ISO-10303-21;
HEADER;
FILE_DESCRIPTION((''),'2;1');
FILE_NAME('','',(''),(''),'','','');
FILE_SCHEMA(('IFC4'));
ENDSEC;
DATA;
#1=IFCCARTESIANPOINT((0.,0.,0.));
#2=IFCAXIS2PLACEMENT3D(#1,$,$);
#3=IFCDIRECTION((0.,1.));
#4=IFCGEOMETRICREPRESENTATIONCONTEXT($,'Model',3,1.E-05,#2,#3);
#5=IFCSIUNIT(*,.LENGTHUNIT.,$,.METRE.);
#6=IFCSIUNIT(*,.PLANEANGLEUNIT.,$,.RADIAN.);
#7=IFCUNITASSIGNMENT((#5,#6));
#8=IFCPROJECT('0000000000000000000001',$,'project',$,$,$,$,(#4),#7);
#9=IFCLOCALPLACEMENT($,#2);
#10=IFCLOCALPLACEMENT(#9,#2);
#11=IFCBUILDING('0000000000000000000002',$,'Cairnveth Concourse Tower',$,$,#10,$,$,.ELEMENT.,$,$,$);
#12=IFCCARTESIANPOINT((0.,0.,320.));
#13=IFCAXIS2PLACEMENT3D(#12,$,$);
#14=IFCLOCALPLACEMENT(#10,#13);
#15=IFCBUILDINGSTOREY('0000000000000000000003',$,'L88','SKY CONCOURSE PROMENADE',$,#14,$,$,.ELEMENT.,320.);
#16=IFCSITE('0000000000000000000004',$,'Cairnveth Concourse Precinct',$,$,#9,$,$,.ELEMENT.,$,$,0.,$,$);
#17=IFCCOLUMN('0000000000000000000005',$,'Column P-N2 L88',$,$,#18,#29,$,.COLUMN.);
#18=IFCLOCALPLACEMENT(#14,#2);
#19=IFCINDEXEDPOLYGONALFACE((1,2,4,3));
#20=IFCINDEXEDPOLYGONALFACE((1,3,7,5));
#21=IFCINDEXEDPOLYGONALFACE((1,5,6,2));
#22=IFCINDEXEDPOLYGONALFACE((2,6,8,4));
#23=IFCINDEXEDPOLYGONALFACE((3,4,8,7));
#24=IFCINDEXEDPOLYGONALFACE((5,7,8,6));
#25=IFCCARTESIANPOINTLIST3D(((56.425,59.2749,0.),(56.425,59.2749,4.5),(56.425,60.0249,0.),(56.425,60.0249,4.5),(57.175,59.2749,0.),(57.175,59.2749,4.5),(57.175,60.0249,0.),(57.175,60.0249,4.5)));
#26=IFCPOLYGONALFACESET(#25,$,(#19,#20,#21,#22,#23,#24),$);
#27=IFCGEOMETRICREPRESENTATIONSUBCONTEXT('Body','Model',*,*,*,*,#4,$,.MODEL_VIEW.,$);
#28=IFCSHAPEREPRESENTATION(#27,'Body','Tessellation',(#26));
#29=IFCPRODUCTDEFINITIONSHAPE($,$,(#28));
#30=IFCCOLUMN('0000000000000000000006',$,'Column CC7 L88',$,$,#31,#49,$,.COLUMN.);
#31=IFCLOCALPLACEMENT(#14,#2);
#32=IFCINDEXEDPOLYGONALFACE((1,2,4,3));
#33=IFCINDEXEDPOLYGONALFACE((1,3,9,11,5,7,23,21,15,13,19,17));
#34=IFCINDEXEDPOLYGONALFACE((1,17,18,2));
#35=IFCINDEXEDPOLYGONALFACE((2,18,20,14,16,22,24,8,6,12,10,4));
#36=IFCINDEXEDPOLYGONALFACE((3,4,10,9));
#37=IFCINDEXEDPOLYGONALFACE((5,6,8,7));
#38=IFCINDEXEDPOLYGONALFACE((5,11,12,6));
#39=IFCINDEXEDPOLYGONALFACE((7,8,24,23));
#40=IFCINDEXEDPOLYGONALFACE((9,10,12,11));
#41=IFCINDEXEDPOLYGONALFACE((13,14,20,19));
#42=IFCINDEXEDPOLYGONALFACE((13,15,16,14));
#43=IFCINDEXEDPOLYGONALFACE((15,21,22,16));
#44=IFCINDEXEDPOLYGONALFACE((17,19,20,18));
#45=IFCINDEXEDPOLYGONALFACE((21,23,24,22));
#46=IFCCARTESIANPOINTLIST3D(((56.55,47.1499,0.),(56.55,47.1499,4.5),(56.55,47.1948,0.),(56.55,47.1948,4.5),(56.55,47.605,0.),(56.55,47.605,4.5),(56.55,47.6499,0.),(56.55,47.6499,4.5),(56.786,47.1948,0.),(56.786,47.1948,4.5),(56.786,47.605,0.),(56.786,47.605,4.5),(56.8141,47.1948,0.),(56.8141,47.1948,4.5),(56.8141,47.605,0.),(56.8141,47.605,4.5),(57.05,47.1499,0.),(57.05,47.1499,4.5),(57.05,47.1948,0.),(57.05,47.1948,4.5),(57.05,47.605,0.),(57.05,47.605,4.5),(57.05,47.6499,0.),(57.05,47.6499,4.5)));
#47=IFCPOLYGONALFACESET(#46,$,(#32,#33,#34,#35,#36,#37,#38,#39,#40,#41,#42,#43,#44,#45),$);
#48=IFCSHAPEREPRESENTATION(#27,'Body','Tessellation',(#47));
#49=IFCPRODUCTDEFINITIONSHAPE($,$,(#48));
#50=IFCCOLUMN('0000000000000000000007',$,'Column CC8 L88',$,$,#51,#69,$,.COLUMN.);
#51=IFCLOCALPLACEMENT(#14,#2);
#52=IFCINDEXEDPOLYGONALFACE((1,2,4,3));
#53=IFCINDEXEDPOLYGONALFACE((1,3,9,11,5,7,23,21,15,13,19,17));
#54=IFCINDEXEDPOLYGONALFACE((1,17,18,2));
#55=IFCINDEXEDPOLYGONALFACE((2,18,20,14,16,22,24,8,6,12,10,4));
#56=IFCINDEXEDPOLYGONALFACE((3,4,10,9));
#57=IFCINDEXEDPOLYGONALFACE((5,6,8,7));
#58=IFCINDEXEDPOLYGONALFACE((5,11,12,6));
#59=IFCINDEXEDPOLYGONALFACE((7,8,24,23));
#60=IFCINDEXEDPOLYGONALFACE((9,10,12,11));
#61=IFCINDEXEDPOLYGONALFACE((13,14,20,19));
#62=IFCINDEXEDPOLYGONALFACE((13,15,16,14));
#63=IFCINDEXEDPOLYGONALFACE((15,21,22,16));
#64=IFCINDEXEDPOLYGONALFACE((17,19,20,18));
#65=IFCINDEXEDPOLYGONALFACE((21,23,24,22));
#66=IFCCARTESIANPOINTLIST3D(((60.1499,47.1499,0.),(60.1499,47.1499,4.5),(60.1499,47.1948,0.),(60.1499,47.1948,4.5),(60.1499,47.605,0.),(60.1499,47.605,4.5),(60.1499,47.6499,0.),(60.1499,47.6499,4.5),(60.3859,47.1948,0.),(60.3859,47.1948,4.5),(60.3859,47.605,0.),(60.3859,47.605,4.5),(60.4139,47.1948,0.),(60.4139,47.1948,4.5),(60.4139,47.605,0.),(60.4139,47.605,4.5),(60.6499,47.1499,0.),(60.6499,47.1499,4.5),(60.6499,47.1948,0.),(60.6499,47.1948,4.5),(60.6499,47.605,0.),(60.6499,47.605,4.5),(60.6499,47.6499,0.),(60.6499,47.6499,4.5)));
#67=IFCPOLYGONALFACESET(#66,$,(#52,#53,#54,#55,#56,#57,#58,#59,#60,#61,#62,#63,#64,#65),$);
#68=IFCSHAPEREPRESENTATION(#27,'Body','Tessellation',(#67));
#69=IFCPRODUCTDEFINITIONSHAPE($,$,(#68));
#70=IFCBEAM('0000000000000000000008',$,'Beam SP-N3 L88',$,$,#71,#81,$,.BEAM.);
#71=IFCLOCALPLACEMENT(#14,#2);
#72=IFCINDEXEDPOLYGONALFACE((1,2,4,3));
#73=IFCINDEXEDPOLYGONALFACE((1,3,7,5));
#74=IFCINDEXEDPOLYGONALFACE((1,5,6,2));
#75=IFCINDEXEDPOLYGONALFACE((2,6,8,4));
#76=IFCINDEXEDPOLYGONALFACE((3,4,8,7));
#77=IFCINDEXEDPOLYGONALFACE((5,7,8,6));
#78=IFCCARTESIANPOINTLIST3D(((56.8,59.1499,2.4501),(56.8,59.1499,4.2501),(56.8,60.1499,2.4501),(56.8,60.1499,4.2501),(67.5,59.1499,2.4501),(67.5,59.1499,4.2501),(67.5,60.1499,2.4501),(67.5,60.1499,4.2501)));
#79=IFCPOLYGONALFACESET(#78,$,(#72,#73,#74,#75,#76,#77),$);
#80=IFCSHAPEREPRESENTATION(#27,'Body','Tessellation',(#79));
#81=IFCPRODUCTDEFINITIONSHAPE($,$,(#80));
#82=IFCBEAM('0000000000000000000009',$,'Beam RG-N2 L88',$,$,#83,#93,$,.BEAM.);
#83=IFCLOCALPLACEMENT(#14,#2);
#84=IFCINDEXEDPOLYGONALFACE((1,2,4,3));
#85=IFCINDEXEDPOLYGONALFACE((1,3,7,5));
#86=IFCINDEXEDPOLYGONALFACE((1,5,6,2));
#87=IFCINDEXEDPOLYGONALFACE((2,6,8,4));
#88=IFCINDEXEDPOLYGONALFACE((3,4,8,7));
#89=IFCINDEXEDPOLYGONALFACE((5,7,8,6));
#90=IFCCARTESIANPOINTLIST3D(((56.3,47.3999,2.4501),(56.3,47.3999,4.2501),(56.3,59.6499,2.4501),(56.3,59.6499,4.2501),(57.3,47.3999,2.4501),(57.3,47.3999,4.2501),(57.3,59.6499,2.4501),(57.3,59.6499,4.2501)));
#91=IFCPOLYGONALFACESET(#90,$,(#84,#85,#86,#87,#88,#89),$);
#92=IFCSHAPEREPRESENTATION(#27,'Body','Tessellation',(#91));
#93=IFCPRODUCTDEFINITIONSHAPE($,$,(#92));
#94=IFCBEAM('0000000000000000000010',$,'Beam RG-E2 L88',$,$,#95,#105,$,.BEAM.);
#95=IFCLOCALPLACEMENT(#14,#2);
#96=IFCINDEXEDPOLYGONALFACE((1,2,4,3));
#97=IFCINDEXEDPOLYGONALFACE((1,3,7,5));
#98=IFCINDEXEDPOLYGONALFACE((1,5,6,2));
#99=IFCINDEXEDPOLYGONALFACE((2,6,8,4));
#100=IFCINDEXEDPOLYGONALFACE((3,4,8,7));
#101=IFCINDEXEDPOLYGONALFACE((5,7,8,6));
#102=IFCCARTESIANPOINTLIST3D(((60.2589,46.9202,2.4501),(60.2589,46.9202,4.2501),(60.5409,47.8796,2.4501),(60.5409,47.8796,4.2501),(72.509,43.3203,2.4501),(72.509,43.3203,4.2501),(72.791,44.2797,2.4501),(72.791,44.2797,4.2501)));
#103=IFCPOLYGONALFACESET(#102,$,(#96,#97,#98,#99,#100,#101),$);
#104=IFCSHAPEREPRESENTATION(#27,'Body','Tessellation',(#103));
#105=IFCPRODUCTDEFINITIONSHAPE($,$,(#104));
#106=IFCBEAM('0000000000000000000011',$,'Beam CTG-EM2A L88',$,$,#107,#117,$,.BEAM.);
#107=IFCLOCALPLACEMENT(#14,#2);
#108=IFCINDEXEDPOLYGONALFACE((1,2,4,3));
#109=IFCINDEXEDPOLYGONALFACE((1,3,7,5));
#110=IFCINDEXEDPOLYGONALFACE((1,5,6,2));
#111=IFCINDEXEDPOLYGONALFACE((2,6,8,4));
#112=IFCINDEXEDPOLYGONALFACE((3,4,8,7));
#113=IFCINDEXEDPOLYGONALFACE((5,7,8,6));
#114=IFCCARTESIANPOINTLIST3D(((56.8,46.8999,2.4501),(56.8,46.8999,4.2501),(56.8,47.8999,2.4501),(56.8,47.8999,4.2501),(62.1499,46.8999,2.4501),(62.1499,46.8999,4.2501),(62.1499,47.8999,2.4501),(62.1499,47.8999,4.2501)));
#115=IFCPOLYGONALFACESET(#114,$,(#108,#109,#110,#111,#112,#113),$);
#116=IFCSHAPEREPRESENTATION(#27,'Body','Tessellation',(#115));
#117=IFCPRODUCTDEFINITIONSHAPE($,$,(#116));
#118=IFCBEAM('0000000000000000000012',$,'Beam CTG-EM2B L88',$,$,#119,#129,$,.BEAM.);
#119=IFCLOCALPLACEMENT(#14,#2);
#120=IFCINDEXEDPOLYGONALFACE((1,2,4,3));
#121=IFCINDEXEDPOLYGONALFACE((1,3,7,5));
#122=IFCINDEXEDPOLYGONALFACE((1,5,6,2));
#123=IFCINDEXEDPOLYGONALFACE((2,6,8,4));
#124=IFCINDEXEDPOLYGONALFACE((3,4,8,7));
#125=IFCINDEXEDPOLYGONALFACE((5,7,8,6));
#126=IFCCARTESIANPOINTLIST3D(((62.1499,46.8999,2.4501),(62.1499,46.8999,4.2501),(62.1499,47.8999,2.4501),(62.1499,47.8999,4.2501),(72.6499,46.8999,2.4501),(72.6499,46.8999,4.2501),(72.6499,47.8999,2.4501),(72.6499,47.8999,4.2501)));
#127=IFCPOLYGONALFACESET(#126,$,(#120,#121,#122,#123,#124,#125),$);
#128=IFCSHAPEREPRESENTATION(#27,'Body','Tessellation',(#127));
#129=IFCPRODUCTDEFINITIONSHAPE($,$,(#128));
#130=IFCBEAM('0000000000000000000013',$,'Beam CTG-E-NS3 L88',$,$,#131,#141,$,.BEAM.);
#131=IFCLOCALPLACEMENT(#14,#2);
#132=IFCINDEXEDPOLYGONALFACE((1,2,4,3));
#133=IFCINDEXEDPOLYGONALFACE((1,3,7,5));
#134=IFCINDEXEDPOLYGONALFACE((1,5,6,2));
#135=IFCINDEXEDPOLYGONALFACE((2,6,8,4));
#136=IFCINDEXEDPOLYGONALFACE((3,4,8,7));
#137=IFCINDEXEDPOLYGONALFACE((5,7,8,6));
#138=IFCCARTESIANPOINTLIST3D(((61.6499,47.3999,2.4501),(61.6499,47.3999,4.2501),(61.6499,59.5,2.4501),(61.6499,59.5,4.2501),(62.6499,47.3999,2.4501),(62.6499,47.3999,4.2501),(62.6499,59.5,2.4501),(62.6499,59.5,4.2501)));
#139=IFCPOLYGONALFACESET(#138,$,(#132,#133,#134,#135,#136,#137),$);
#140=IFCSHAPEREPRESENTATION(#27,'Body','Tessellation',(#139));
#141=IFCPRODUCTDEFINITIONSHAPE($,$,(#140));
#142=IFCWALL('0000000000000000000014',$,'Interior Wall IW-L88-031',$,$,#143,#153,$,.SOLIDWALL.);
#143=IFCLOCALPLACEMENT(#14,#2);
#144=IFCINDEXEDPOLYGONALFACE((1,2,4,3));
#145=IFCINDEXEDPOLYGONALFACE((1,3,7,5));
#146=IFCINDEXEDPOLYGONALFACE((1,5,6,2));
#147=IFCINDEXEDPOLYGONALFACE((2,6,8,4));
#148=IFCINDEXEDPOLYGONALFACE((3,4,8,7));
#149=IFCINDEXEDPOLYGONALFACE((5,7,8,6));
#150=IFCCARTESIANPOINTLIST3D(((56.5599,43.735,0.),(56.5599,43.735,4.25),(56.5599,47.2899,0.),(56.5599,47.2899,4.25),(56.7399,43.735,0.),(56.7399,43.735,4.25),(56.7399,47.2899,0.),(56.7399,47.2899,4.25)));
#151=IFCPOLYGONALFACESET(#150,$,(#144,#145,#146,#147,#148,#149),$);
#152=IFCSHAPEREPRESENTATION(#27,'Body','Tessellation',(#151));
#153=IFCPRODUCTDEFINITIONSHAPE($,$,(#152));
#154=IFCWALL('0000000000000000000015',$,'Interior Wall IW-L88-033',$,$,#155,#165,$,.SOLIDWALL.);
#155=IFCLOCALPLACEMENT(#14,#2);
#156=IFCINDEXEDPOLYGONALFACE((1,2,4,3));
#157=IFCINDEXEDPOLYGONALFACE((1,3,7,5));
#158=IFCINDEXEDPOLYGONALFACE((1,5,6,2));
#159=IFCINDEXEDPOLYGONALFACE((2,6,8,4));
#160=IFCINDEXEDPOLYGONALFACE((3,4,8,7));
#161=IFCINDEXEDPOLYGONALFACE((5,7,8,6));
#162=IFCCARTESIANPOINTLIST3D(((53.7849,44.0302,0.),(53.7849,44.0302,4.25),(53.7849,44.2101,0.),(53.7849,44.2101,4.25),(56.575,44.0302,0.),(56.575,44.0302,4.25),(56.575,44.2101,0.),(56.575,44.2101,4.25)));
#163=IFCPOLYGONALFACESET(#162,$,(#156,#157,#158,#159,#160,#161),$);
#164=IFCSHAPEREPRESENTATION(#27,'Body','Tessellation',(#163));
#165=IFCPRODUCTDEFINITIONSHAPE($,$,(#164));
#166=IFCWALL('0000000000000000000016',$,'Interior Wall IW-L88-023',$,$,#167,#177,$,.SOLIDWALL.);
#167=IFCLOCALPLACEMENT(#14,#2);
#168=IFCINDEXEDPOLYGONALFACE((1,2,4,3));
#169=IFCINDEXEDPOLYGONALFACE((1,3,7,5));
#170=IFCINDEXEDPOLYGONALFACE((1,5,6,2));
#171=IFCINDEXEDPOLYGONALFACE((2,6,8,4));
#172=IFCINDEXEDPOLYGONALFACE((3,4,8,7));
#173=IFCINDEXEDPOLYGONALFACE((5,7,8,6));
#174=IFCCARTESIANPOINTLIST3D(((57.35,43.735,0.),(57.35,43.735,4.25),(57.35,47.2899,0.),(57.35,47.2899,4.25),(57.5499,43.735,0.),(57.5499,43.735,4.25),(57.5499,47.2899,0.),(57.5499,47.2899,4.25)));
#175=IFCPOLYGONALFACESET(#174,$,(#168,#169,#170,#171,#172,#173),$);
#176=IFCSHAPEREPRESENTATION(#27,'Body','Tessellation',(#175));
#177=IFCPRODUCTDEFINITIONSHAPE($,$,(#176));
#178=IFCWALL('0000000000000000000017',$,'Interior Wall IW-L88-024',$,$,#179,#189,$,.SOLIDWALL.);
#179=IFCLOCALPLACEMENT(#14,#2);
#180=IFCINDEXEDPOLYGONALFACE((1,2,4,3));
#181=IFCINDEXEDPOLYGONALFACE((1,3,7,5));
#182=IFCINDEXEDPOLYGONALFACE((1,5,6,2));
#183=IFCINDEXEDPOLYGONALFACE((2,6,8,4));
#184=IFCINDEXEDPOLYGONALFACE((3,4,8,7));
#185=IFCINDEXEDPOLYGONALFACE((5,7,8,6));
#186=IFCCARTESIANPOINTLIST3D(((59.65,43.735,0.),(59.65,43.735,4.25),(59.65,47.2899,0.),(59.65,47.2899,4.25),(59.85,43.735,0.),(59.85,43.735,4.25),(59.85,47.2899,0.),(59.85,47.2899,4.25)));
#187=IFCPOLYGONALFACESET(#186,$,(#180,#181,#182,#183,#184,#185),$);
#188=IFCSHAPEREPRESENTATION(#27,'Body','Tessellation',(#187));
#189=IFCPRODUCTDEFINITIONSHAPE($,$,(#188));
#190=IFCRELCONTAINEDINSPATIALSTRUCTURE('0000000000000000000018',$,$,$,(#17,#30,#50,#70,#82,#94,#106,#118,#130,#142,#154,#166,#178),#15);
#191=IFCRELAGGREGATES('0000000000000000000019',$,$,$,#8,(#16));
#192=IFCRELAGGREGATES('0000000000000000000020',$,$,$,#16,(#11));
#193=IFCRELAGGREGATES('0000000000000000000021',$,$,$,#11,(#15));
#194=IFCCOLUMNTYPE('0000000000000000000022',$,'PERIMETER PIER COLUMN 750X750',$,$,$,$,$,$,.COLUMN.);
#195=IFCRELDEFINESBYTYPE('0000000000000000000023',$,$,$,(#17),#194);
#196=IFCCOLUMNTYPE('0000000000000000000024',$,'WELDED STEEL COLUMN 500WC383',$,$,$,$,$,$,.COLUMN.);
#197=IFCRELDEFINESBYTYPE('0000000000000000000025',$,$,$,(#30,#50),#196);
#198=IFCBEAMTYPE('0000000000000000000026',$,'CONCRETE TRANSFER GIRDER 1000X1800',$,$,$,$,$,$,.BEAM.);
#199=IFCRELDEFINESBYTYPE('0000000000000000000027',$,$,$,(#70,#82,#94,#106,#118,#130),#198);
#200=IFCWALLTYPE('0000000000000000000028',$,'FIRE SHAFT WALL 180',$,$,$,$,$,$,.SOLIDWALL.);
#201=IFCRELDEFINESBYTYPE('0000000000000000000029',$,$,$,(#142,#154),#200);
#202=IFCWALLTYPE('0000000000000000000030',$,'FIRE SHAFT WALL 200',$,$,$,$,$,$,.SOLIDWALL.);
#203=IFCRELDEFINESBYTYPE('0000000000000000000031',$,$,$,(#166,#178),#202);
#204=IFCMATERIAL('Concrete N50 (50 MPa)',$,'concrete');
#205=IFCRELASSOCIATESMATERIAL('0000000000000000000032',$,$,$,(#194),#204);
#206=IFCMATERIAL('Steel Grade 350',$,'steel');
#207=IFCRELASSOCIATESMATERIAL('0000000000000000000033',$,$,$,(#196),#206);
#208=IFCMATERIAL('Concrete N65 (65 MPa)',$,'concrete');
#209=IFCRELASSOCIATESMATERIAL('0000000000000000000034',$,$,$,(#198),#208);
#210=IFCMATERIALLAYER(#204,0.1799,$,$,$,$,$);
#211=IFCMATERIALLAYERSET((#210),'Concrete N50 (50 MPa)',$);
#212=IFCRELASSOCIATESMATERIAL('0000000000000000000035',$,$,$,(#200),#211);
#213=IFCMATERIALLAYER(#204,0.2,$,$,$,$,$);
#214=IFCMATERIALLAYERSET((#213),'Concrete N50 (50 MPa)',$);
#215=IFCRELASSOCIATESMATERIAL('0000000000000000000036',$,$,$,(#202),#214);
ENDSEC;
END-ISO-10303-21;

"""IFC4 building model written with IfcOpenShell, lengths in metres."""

from ifc_helpers import new_model, si_unit, direction, frame, frame_2d, origin, origin_2d, place, context, subcontext, project, spatial, rectangle, i_section, extrude, material, layer, layer_set, material_profile, profile_set, type_object, element, save


model = new_model("IFC4")

# Units and contexts
model_context = context("Model", 3, precision=1e-05, world=origin(), true_north=direction((0.0, 1.0)))
body_context = subcontext(model_context, "Body", "Model", "MODEL_VIEW")
ifc_project = project(units=[si_unit("LENGTHUNIT", "METRE"), si_unit("PLANEANGLEUNIT", "RADIAN")], contexts=[model_context])

# Site, building, storey
site_placement = place(None, origin())
site = spatial("IfcSite", under=ifc_project, at=site_placement, Name="Cairnveth Concourse Precinct", CompositionType="ELEMENT", RefElevation=0.0)
building_placement = place(site_placement, origin())
building = spatial("IfcBuilding", under=site, at=building_placement, Name="Cairnveth Concourse Tower", CompositionType="ELEMENT")
storey_placement = place(building_placement, frame((0.0, 0.0, 320.0)))
storey = spatial("IfcBuildingStorey", under=building, at=storey_placement, Name="L88", Description="SKY CONCOURSE PROMENADE", CompositionType="ELEMENT", Elevation=320.0)

# Columns
ifc_material_1 = material(Name="Concrete N50 (50 MPa)", Category="concrete")
ifc_material_profile_1 = material_profile(ifc_material_1, rectangle(XDim=0.75, YDim=0.75, at=origin_2d()), Name="RC-COL-750x750")
ifc_profile_set_1 = profile_set([ifc_material_profile_1], Name="Concrete N50 (50 MPa)")
column_type_1 = type_object("IfcColumnType", Name="PERIMETER PIER COLUMN 750X750", PredefinedType="COLUMN", material=ifc_profile_set_1)
column_placement = place(storey_placement, frame((56.8, 59.6499, 0.0), z_axis=(0.0, 0.0, 1.0), x_axis=(1.0, 0.0, 0.0)))
element("IfcColumn", 1, at=column_placement, inside=storey, type_object=column_type_1, Name="Column P-N2 L88", PredefinedType="COLUMN", context=body_context, shape_type="SweptSolid", body=[
    extrude(rectangle(XDim=0.75, YDim=0.75, at=origin_2d()), origin(), (0.0, 0.0, 1.0), 4.5),
])
ifc_material_2 = material(Name="Steel Grade 350", Category="steel")
ifc_material_profile_2 = material_profile(ifc_material_2, i_section(OverallWidth=0.5, OverallDepth=0.5, WebThickness=0.0281, FlangeThickness=0.0449, at=origin_2d()), Name="500WC383")
ifc_profile_set_2 = profile_set([ifc_material_profile_2], Name="Steel Grade 350")
column_type_2 = type_object("IfcColumnType", Name="WELDED STEEL COLUMN 500WC383", PredefinedType="COLUMN", material=ifc_profile_set_2)
for number, where, z_axis, x_axis, name in (
    (2, (56.8, 47.3999, 0.0), (0.0, 0.0, 1.0), (1.0, 0.0, 0.0), "Column CC7 L88"),
    (3, (60.3999, 47.3999, 0.0), (0.0, 0.0, 1.0), (1.0, 0.0, 0.0), "Column CC8 L88"),
):
    element("IfcColumn", number, at=place(storey_placement, frame(where, z_axis=z_axis, x_axis=x_axis)), inside=storey, type_object=column_type_2, Name=name, PredefinedType="COLUMN", context=body_context, shape_type="SweptSolid", body=[
        extrude(i_section(OverallWidth=0.5, OverallDepth=0.5, WebThickness=0.0281, FlangeThickness=0.0449, at=origin_2d()), origin(), (0.0, 0.0, 1.0), 4.5),
    ])

# Beams
ifc_material_3 = material(Name="Concrete N65 (65 MPa)", Category="concrete")
ifc_material_profile_3 = material_profile(ifc_material_3, rectangle(XDim=1.0, YDim=1.8, at=origin_2d()), Name="RC-TB-1000x1800")
ifc_profile_set_3 = profile_set([ifc_material_profile_3], Name="Concrete N65 (65 MPa)")
beam_type = type_object("IfcBeamType", Name="CONCRETE TRANSFER GIRDER 1000X1800", PredefinedType="BEAM", material=ifc_profile_set_3)
beam_1_placement = place(storey_placement, frame((56.8, 59.6499, 3.3501), z_axis=(1.0, 0.0, 0.0), x_axis=(0.0, 1.0, 0.0)))
element("IfcBeam", 4, at=beam_1_placement, inside=storey, type_object=beam_type, Name="Beam SP-N3 L88", PredefinedType="BEAM", context=body_context, shape_type="SweptSolid", body=[
    extrude(rectangle(XDim=1.0, YDim=1.8, at=origin_2d()), origin(), (0.0, 0.0, 1.0), 10.7),
])
beam_2_placement = place(storey_placement, frame((56.8, 47.3999, 3.3501), z_axis=(0.0, 1.0, 0.0), x_axis=(-1.0, 0.0, 0.0)))
element("IfcBeam", 5, at=beam_2_placement, inside=storey, type_object=beam_type, Name="Beam RG-N2 L88", PredefinedType="BEAM", context=body_context, shape_type="SweptSolid", body=[
    extrude(rectangle(XDim=1.0, YDim=1.8, at=origin_2d()), origin(), (0.0, 0.0, 1.0), 12.25),
])
beam_3_placement = place(storey_placement, frame((60.3999, 47.3999, 3.3501), z_axis=(0.959431, -0.281944, 0.0), x_axis=(0.281944, 0.959431, 0.0)))
element("IfcBeam", 6, at=beam_3_placement, inside=storey, type_object=beam_type, Name="Beam RG-E2 L88", PredefinedType="BEAM", context=body_context, shape_type="SweptSolid", body=[
    extrude(rectangle(XDim=1.0, YDim=1.8, at=origin_2d()), origin(), (0.0, 0.0, 1.0), 12.7681),
])
beam_4_placement = place(storey_placement, frame((56.8, 47.3999, 3.3501), z_axis=(1.0, 0.0, 0.0), x_axis=(0.0, 1.0, 0.0)))
element("IfcBeam", 7, at=beam_4_placement, inside=storey, type_object=beam_type, Name="Beam CTG-EM2A L88", PredefinedType="BEAM", context=body_context, shape_type="SweptSolid", body=[
    extrude(rectangle(XDim=1.0, YDim=1.8, at=origin_2d()), origin(), (0.0, 0.0, 1.0), 5.3499),
])
beam_5_placement = place(storey_placement, frame((62.1499, 47.3999, 3.3501), z_axis=(1.0, 0.0, 0.0), x_axis=(0.0, 1.0, 0.0)))
element("IfcBeam", 8, at=beam_5_placement, inside=storey, type_object=beam_type, Name="Beam CTG-EM2B L88", PredefinedType="BEAM", context=body_context, shape_type="SweptSolid", body=[
    extrude(rectangle(XDim=1.0, YDim=1.8, at=origin_2d()), origin(), (0.0, 0.0, 1.0), 10.5),
])
beam_6_placement = place(storey_placement, frame((62.1499, 47.3999, 3.3501), z_axis=(0.0, 1.0, 0.0), x_axis=(-1.0, 0.0, 0.0)))
element("IfcBeam", 9, at=beam_6_placement, inside=storey, type_object=beam_type, Name="Beam CTG-E-NS3 L88", PredefinedType="BEAM", context=body_context, shape_type="SweptSolid", body=[
    extrude(rectangle(XDim=1.0, YDim=1.8, at=origin_2d()), origin(), (0.0, 0.0, 1.0), 12.1001),
])

# Walls
ifc_layer_1 = layer(ifc_material_1, 0.1799)
ifc_layer_set_1 = layer_set([ifc_layer_1], Name="Concrete N50 (50 MPa)")
wall_type_1 = type_object("IfcWallType", Name="FIRE SHAFT WALL 180", PredefinedType="SOLIDWALL", material=ifc_layer_set_1)
wall_1_placement = place(storey_placement, frame((56.6499, 43.7351, 0.0), z_axis=(0.0, 0.0, 1.0), x_axis=(0.0, 1.0, 0.0)))
element("IfcWall", 10, at=wall_1_placement, inside=storey, type_object=wall_type_1, Name="Interior Wall IW-L88-031", PredefinedType="SOLIDWALL", context=body_context, shape_type="SweptSolid", body=[
    extrude(rectangle(XDim=3.5549, YDim=0.1799, at=frame_2d((1.7773, 0.0))), origin(), (0.0, 0.0, 1.0), 4.25),
])
wall_2_placement = place(storey_placement, frame((53.7849, 44.1201, 0.0), z_axis=(0.0, 0.0, 1.0), x_axis=(1.0, 0.0, 0.0)))
element("IfcWall", 11, at=wall_2_placement, inside=storey, type_object=wall_type_1, Name="Interior Wall IW-L88-033", PredefinedType="SOLIDWALL", context=body_context, shape_type="SweptSolid", body=[
    extrude(rectangle(XDim=2.79, YDim=0.1799, at=frame_2d((1.395, 0.0))), origin(), (0.0, 0.0, 1.0), 4.25),
])
ifc_layer_2 = layer(ifc_material_1, 0.2)
ifc_layer_set_2 = layer_set([ifc_layer_2], Name="Concrete N50 (50 MPa)")
wall_type_2 = type_object("IfcWallType", Name="FIRE SHAFT WALL 200", PredefinedType="SOLIDWALL", material=ifc_layer_set_2)
for number, where, z_axis, x_axis, name in (
    (12, (57.45, 43.7351, 0.0), (0.0, 0.0, 1.0), (0.0, 1.0, 0.0), "Interior Wall IW-L88-023"),
    (13, (59.75, 43.7351, 0.0), (0.0, 0.0, 1.0), (0.0, 1.0, 0.0), "Interior Wall IW-L88-024"),
):
    element("IfcWall", number, at=place(storey_placement, frame(where, z_axis=z_axis, x_axis=x_axis)), inside=storey, type_object=wall_type_2, Name=name, PredefinedType="SOLIDWALL", context=body_context, shape_type="SweptSolid", body=[
        extrude(rectangle(XDim=3.5549, YDim=0.2, at=frame_2d((1.7773, 0.0))), origin(), (0.0, 0.0, 1.0), 4.25),
    ])

save(model, "model.ifc")
